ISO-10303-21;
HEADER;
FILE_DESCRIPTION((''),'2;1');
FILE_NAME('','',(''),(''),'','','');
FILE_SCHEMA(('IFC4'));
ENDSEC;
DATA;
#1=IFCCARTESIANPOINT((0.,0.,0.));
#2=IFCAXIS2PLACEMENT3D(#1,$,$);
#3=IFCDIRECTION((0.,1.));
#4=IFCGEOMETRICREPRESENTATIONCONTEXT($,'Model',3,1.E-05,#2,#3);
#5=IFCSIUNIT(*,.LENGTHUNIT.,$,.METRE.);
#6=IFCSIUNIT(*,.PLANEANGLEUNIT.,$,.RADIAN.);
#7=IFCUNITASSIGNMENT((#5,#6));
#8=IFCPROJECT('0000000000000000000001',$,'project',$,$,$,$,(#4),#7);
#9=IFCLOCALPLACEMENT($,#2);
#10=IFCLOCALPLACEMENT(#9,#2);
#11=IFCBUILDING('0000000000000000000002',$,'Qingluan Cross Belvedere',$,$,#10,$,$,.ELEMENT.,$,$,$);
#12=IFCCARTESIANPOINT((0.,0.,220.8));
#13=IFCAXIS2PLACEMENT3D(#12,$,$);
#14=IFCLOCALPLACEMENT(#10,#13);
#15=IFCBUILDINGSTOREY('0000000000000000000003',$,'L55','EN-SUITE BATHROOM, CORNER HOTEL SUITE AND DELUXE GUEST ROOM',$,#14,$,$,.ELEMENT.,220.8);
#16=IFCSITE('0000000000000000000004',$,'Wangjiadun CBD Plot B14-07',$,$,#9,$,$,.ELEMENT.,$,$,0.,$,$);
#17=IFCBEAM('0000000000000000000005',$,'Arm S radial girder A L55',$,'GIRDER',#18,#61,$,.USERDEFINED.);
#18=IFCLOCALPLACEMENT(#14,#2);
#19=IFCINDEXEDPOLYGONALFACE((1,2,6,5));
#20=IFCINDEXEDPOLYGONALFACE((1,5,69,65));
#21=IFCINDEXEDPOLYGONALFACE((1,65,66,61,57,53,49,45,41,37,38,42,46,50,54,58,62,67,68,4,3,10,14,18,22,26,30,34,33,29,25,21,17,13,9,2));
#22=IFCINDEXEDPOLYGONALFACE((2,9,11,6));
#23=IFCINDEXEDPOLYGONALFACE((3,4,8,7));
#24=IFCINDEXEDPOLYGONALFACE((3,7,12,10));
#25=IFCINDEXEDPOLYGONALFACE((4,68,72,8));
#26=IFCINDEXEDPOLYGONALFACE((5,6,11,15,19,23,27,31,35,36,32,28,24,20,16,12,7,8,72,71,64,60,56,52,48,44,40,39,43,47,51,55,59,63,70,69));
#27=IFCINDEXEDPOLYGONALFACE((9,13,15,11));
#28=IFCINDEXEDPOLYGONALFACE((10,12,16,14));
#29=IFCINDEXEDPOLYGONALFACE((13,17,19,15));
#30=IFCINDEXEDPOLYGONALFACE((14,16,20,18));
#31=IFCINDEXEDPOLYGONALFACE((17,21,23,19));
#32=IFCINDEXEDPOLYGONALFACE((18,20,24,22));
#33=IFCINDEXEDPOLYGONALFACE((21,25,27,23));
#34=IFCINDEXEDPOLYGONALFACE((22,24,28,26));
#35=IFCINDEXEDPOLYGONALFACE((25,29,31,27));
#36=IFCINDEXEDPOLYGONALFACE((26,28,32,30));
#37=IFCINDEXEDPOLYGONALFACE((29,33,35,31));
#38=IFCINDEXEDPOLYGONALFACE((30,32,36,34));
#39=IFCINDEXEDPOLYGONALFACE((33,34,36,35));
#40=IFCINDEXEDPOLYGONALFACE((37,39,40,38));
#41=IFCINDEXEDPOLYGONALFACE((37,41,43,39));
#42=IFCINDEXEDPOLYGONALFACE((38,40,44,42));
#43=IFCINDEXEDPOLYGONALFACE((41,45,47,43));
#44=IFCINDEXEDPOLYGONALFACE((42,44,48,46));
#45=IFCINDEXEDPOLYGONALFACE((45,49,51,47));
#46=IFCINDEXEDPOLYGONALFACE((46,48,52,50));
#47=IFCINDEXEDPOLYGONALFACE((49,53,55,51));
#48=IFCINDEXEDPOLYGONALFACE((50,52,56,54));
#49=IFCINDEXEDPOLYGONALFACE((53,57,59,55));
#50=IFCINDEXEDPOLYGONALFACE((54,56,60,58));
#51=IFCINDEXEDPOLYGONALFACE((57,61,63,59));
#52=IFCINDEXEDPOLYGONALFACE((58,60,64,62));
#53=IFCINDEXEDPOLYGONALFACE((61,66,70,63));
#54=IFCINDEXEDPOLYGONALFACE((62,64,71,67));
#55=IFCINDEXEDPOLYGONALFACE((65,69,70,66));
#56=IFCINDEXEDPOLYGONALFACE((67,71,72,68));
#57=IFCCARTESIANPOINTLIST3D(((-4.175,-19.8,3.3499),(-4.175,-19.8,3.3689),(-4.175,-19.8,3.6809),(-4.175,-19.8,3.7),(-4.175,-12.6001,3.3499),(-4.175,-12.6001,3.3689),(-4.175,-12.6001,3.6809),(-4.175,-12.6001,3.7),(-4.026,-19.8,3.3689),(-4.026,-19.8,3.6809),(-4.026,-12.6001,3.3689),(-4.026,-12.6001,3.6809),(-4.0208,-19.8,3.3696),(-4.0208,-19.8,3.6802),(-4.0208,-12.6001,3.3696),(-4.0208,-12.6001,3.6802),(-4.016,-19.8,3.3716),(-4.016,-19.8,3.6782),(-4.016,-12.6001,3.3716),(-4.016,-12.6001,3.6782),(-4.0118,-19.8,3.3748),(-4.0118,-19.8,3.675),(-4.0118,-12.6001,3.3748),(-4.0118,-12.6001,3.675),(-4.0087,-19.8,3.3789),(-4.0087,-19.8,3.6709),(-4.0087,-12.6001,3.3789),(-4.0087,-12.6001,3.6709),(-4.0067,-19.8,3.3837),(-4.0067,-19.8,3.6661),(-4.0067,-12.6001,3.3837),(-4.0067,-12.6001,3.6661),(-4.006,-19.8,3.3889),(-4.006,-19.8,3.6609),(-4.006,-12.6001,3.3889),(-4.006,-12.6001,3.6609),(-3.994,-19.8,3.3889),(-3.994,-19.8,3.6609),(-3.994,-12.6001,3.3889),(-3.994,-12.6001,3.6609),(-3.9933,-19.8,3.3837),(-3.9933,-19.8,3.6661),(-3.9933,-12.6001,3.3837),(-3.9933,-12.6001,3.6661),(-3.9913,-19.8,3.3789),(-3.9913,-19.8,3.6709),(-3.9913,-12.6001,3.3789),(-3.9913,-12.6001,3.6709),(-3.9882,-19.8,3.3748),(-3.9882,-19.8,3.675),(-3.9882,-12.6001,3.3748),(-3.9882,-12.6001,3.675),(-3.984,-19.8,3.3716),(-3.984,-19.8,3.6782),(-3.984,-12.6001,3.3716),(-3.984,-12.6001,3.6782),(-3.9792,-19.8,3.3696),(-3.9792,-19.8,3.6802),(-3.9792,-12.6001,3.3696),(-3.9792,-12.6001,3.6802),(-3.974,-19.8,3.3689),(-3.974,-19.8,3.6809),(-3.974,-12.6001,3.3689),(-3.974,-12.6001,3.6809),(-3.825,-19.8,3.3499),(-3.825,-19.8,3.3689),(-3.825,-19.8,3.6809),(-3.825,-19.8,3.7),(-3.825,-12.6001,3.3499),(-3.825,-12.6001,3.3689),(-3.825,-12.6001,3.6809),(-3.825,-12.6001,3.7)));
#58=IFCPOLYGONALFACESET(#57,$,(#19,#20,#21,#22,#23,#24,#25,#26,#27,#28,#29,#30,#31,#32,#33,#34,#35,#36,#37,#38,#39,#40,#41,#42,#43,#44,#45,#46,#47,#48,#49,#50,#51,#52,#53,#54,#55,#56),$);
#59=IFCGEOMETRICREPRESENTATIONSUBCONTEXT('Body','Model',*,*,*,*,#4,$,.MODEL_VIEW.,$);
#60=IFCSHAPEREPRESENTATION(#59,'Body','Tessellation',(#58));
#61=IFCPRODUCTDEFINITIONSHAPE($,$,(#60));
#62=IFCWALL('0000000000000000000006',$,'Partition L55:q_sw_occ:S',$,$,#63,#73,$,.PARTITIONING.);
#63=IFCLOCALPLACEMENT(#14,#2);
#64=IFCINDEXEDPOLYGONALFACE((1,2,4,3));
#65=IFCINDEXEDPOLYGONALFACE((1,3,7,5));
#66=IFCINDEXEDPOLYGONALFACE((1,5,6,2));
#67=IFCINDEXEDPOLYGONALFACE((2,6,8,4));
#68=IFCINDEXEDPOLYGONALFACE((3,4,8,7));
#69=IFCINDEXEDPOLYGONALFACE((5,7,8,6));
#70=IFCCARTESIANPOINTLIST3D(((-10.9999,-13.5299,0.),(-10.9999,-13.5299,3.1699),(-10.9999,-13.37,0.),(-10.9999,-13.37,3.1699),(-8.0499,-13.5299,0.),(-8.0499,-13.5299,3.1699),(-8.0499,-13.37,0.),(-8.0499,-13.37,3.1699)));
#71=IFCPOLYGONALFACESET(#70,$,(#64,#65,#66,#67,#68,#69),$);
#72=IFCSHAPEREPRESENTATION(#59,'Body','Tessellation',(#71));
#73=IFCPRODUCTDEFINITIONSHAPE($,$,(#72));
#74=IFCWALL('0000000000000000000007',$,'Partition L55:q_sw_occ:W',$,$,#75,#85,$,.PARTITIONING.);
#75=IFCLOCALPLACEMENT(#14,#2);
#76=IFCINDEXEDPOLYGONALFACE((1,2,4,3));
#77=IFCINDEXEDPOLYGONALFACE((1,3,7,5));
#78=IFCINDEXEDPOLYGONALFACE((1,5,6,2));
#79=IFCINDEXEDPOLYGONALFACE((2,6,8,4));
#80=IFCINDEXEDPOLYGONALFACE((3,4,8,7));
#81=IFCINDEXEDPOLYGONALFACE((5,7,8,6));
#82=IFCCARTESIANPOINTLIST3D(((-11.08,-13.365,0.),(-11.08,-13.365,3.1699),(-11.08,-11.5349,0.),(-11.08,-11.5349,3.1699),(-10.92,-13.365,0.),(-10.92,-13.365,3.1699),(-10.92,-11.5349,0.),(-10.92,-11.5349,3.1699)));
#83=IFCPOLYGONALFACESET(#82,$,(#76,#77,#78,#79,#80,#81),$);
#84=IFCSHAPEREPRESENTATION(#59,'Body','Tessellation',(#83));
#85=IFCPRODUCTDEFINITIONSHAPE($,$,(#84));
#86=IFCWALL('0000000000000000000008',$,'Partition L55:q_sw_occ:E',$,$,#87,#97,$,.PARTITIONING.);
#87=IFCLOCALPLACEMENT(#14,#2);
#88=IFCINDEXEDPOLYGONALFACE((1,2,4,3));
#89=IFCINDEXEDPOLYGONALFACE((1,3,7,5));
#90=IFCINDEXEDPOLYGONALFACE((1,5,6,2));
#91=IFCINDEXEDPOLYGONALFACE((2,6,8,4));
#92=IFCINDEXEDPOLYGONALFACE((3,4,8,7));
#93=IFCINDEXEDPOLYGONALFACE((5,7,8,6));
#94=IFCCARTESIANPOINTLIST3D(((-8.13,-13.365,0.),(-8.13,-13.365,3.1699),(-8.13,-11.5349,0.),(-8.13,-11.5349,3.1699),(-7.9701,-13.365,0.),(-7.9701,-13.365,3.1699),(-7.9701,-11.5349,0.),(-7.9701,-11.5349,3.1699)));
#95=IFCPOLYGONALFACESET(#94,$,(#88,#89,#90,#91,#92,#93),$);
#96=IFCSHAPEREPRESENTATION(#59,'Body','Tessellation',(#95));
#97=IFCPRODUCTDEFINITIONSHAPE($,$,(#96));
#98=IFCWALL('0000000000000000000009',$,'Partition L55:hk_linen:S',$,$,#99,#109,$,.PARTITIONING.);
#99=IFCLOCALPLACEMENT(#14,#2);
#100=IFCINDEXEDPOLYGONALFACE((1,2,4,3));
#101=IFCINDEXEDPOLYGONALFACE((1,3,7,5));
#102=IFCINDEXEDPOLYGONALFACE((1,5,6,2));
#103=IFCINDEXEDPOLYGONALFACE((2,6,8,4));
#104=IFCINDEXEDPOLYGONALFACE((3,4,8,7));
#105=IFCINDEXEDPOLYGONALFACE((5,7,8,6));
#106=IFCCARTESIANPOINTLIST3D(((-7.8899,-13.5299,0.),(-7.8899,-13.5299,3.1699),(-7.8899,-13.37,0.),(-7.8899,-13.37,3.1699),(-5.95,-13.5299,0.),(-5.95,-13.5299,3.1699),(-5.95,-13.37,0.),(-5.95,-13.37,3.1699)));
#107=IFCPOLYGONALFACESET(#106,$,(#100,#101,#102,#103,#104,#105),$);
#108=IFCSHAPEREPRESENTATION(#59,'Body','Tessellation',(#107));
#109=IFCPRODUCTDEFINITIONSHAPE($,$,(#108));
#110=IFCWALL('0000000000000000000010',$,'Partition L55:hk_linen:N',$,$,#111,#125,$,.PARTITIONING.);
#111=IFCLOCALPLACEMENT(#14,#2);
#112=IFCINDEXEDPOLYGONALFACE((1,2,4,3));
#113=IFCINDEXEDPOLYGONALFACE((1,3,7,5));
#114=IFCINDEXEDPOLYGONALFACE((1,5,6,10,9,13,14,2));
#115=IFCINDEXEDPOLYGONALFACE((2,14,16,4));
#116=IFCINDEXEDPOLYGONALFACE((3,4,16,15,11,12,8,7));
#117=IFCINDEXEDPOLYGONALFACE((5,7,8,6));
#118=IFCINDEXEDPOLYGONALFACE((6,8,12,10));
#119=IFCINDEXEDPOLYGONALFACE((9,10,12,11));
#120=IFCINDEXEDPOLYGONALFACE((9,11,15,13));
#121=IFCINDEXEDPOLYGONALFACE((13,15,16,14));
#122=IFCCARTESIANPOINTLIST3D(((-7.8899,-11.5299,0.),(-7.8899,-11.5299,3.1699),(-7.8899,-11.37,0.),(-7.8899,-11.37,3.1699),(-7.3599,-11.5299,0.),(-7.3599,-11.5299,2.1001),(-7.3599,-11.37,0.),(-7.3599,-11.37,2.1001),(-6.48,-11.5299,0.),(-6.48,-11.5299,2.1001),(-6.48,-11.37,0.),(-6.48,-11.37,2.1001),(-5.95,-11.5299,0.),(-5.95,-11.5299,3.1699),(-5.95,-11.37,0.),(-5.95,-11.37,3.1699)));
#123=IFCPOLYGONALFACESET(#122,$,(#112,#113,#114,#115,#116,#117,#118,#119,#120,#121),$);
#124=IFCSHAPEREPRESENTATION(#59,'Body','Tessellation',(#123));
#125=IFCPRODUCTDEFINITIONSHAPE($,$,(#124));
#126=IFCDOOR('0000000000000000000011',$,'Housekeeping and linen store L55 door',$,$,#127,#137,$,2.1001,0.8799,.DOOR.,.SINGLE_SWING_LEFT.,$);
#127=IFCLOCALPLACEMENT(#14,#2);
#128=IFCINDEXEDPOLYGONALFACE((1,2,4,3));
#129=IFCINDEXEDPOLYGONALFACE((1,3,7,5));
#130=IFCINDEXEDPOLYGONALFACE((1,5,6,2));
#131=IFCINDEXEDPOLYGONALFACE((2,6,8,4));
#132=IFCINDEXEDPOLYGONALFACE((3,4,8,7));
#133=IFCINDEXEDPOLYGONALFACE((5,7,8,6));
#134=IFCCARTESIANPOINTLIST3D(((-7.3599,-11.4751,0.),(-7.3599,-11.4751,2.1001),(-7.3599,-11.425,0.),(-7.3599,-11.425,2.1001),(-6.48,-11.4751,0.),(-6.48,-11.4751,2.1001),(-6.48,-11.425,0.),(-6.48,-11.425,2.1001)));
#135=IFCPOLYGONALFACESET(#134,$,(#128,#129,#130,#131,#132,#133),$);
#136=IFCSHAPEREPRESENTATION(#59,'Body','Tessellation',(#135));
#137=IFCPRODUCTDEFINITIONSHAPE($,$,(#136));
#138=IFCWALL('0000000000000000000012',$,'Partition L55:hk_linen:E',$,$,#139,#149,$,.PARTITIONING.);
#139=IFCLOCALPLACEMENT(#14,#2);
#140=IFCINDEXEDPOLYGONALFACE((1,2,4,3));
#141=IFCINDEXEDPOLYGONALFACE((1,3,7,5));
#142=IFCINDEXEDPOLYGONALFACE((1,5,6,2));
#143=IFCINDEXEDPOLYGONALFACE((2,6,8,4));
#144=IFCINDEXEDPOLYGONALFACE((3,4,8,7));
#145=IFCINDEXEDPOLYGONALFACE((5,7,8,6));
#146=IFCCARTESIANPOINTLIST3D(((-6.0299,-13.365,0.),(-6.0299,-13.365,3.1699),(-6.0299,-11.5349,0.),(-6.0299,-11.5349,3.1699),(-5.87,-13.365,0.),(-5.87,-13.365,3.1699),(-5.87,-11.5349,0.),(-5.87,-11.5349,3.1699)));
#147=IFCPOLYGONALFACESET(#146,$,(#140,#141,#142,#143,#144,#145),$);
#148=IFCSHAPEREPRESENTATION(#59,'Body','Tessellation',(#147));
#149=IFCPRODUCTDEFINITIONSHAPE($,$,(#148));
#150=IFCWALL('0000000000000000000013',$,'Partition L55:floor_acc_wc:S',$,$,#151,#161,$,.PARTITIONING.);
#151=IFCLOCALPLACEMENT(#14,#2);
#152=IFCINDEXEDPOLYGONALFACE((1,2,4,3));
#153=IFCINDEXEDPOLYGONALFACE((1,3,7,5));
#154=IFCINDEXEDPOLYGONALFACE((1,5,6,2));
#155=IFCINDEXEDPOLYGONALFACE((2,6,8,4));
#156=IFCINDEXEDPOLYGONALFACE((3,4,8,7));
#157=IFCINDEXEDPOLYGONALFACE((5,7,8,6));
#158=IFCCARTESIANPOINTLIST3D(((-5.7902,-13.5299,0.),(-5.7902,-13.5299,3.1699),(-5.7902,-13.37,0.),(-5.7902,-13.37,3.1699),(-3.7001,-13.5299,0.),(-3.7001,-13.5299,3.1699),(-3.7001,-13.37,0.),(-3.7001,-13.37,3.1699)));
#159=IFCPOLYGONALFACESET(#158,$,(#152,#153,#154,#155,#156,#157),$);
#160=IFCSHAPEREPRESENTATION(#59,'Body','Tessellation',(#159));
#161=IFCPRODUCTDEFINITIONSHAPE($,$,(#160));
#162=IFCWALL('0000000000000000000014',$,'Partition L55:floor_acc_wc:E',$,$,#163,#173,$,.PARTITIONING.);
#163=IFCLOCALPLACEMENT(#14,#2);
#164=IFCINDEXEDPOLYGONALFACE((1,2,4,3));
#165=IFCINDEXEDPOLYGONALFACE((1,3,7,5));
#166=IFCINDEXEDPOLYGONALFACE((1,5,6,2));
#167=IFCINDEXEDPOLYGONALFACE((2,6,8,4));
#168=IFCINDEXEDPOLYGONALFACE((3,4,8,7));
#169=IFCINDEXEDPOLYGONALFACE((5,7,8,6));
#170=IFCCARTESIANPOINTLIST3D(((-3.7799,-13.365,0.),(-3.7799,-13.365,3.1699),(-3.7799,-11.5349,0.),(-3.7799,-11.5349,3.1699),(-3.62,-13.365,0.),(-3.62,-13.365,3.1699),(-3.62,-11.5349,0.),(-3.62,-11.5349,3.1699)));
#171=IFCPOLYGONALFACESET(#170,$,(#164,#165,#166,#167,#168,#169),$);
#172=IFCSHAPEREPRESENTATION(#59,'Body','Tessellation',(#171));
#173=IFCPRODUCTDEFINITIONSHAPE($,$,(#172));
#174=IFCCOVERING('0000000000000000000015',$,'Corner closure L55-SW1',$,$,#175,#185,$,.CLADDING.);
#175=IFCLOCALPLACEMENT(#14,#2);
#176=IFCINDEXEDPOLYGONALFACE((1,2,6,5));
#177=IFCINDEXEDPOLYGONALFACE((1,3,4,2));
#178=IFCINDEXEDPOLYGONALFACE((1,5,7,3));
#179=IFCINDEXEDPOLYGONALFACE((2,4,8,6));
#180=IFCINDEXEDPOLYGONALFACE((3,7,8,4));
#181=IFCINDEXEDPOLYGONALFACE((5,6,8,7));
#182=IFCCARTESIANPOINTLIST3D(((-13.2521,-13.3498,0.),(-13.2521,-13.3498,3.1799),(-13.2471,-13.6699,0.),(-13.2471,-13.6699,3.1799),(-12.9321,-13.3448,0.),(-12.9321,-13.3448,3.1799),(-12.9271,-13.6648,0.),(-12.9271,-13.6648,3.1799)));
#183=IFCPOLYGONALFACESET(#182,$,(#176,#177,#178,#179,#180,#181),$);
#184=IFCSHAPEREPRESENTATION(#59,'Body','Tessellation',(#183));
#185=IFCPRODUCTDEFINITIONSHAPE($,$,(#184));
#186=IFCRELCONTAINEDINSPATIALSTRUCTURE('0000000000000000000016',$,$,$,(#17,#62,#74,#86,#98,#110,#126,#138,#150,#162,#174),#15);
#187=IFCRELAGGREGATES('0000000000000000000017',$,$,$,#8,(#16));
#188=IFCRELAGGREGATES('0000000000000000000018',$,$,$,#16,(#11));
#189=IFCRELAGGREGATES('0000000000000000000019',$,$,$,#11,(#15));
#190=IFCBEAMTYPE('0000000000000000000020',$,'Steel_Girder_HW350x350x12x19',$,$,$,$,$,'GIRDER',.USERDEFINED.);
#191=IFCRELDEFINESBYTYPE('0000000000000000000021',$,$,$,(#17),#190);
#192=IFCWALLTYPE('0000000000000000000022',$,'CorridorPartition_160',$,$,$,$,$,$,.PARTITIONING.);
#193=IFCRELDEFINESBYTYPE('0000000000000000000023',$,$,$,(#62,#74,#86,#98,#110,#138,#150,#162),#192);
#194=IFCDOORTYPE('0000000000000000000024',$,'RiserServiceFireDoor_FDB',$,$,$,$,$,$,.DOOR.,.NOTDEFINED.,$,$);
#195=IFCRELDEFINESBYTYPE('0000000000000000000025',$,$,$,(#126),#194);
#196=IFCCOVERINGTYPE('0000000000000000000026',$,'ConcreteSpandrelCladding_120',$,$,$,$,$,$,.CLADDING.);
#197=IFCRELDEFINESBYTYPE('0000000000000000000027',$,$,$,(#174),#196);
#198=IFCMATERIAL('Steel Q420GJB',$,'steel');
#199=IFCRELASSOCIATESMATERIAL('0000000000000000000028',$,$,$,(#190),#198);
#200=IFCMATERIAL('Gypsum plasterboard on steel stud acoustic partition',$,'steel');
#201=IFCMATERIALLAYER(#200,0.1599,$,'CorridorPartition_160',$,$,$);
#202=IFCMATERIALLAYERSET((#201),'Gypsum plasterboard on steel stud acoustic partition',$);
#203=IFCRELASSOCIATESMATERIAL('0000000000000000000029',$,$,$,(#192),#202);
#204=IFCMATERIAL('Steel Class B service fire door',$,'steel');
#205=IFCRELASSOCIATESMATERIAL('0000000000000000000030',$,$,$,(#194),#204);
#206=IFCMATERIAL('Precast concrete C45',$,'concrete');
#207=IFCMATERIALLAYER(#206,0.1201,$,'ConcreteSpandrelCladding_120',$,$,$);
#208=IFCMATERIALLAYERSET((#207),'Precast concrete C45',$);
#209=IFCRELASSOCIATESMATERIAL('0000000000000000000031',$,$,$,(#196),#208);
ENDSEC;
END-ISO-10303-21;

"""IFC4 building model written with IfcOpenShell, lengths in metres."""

from ifc_helpers import new_model, si_unit, direction, frame, frame_2d, origin, origin_2d, place, context, subcontext, project, spatial, rectangle, i_section, extrude, material, layer, layer_set, material_profile, profile_set, type_object, element, fill, save


model = new_model("IFC4")

# Units and contexts
model_context = context("Model", 3, precision=1e-05, world=origin(), true_north=direction((0.0, 1.0)))
body_context = subcontext(model_context, "Body", "Model", "MODEL_VIEW")
ifc_project = project(units=[si_unit("LENGTHUNIT", "METRE"), si_unit("PLANEANGLEUNIT", "RADIAN")], contexts=[model_context])

# Site, building, storey
site_placement = place(None, origin())
site = spatial("IfcSite", under=ifc_project, at=site_placement, Name="Wangjiadun CBD Plot B14-07", CompositionType="ELEMENT", RefElevation=0.0)
building_placement = place(site_placement, origin())
building = spatial("IfcBuilding", under=site, at=building_placement, Name="Qingluan Cross Belvedere", CompositionType="ELEMENT")
storey_placement = place(building_placement, frame((0.0, 0.0, 220.8)))
storey = spatial("IfcBuildingStorey", under=building, at=storey_placement, Name="L55", Description="EN-SUITE BATHROOM, CORNER HOTEL SUITE AND DELUXE GUEST ROOM", CompositionType="ELEMENT", Elevation=220.8)

# Beam
ifc_material_1 = material(Name="Steel Q420GJB", Category="steel")
ifc_material_profile_1 = material_profile(ifc_material_1, i_section(OverallWidth=0.3501, OverallDepth=0.3501, WebThickness=0.012, FlangeThickness=0.019, FilletRadius=0.02, at=origin_2d()), Name="HW350x350x12x19")
ifc_profile_set_1 = profile_set([ifc_material_profile_1], Name="Steel Q420GJB")
beam_type_1 = type_object("IfcBeamType", Name="Steel_Girder_HW350x350x12x19", ElementType="GIRDER", PredefinedType="USERDEFINED", material=ifc_profile_set_1)
beam_1_placement = place(storey_placement, frame((-4.0, -12.6001, 3.5249), z_axis=(0.0, -1.0, 0.0), x_axis=(1.0, 0.0, 0.0)))
element("IfcBeam", 1, at=beam_1_placement, inside=storey, type_object=beam_type_1, Name="Arm S radial girder A L55", ObjectType="GIRDER", PredefinedType="USERDEFINED", context=body_context, shape_type="SweptSolid", body=[
    extrude(i_section(OverallWidth=0.3501, OverallDepth=0.3501, WebThickness=0.012, FlangeThickness=0.019, FilletRadius=0.02, at=origin_2d()), origin(), (0.0, 0.0, 1.0), 7.2),
])

# Wall
ifc_material_2 = material(Name="Gypsum plasterboard on steel stud acoustic partition", Category="steel")
ifc_layer_1 = layer(ifc_material_2, 0.1599, Name="CorridorPartition_160")
ifc_layer_set_1 = layer_set([ifc_layer_1], Name="Gypsum plasterboard on steel stud acoustic partition")
wall_type = type_object("IfcWallType", Name="CorridorPartition_160", PredefinedType="PARTITIONING", material=ifc_layer_set_1)
wall_1_placement = place(storey_placement, frame((-11.0, -13.45, 0.0), z_axis=(0.0, 0.0, 1.0), x_axis=(1.0, 0.0, 0.0)))
element("IfcWall", 2, at=wall_1_placement, inside=storey, type_object=wall_type, Name="Partition L55:q_sw_occ:S", PredefinedType="PARTITIONING", context=body_context, shape_type="SweptSolid", body=[
    extrude(rectangle(XDim=2.95, YDim=0.1599, at=frame_2d((1.4751, 0.0))), origin(), (0.0, 0.0, 1.0), 3.1699),
])

# Walls
for number, where, z_axis, x_axis, name in (
    (3, (-11.0, -13.365, 0.0), (0.0, 0.0, 1.0), (0.0, 1.0, 0.0), "Partition L55:q_sw_occ:W"),
    (4, (-8.05, -13.365, 0.0), (0.0, 0.0, 1.0), (0.0, 1.0, 0.0), "Partition L55:q_sw_occ:E"),
):
    element("IfcWall", number, at=place(storey_placement, frame(where, z_axis=z_axis, x_axis=x_axis)), inside=storey, type_object=wall_type, Name=name, PredefinedType="PARTITIONING", context=body_context, shape_type="SweptSolid", body=[
        extrude(rectangle(XDim=1.8301, YDim=0.1599, at=frame_2d((0.915, 0.0))), origin(), (0.0, 0.0, 1.0), 3.1699),
    ])
wall_2_placement = place(storey_placement, frame((-7.8899, -13.45, 0.0), z_axis=(0.0, 0.0, 1.0), x_axis=(1.0, 0.0, 0.0)))
element("IfcWall", 5, at=wall_2_placement, inside=storey, type_object=wall_type, Name="Partition L55:hk_linen:S", PredefinedType="PARTITIONING", context=body_context, shape_type="SweptSolid", body=[
    extrude(rectangle(XDim=1.9399, YDim=0.1599, at=frame_2d((0.97, 0.0))), origin(), (0.0, 0.0, 1.0), 3.1699),
])

# Wall, opening, door
wall_3_placement = place(storey_placement, frame((-7.8899, -11.45, 0.0), z_axis=(0.0, 0.0, 1.0), x_axis=(1.0, 0.0, 0.0)))
wall_3 = element("IfcWall", 6, at=wall_3_placement, inside=storey, type_object=wall_type, Name="Partition L55:hk_linen:N", PredefinedType="PARTITIONING", context=body_context, shape_type="SweptSolid", body=[
    extrude(rectangle(XDim=1.9399, YDim=0.1599, at=frame_2d((0.97, 0.0))), origin(), (0.0, 0.0, 1.0), 3.1699),
])
opening_1_placement = place(wall_3_placement, frame((0.53, 0.0, 0.0)))
opening_1 = element("IfcOpeningElement", 7, at=opening_1_placement, cuts=wall_3, PredefinedType="OPENING", context=body_context, shape_type="SweptSolid", body=[
    extrude(rectangle(XDim=0.8799, YDim=2.1001, at=frame_2d((0.4399, 1.05))), frame((0.0, 0.0898, 0.0), z_axis=(0.0, -1.0, 0.0), x_axis=(1.0, 0.0, 0.0)), (0.0, 0.0, 1.0), 0.1799),
])
ifc_material_3 = material(Name="Steel Class B service fire door", Category="steel")
door_type_1 = type_object("IfcDoorType", Name="RiserServiceFireDoor_FDB", OperationType="NOTDEFINED", PredefinedType="DOOR", material=ifc_material_3)
door_1_placement = place(opening_1_placement, origin())
door_1 = element("IfcDoor", 8, at=door_1_placement, inside=storey, type_object=door_type_1, Name="Housekeeping and linen store L55 door", OperationType="SINGLE_SWING_LEFT", OverallHeight=2.1001, OverallWidth=0.8799, PredefinedType="DOOR", context=body_context, shape_type="SweptSolid", body=[
    extrude(rectangle(XDim=0.8799, YDim=2.1001, at=frame_2d((0.4399, 1.05))), frame((0.0, 0.0249, 0.0), z_axis=(0.0, -1.0, 0.0), x_axis=(1.0, 0.0, 0.0)), (0.0, 0.0, 1.0), 0.05),
])
fill(opening_1, door_1)

# Walls
wall_4_placement = place(storey_placement, frame((-5.95, -13.365, 0.0), z_axis=(0.0, 0.0, 1.0), x_axis=(0.0, 1.0, 0.0)))
element("IfcWall", 9, at=wall_4_placement, inside=storey, type_object=wall_type, Name="Partition L55:hk_linen:E", PredefinedType="PARTITIONING", context=body_context, shape_type="SweptSolid", body=[
    extrude(rectangle(XDim=1.8301, YDim=0.1599, at=frame_2d((0.915, 0.0))), origin(), (0.0, 0.0, 1.0), 3.1699),
])
wall_5_placement = place(storey_placement, frame((-5.79, -13.45, 0.0), z_axis=(0.0, 0.0, 1.0), x_axis=(1.0, 0.0, 0.0)))
element("IfcWall", 10, at=wall_5_placement, inside=storey, type_object=wall_type, Name="Partition L55:floor_acc_wc:S", PredefinedType="PARTITIONING", context=body_context, shape_type="SweptSolid", body=[
    extrude(rectangle(XDim=2.0901, YDim=0.1599, at=frame_2d((1.0449, 0.0))), origin(), (0.0, 0.0, 1.0), 3.1699),
])
wall_6_placement = place(storey_placement, frame((-3.7, -13.365, 0.0), z_axis=(0.0, 0.0, 1.0), x_axis=(0.0, 1.0, 0.0)))
element("IfcWall", 11, at=wall_6_placement, inside=storey, type_object=wall_type, Name="Partition L55:floor_acc_wc:E", PredefinedType="PARTITIONING", context=body_context, shape_type="SweptSolid", body=[
    extrude(rectangle(XDim=1.8301, YDim=0.1599, at=frame_2d((0.915, 0.0))), origin(), (0.0, 0.0, 1.0), 3.1699),
])

# Covering
ifc_material_4 = material(Name="Precast concrete C45", Category="concrete")
ifc_layer_2 = layer(ifc_material_4, 0.1201, Name="ConcreteSpandrelCladding_120")
ifc_layer_set_2 = layer_set([ifc_layer_2], Name="Precast concrete C45")
covering_type = type_object("IfcCoveringType", Name="ConcreteSpandrelCladding_120", PredefinedType="CLADDING", material=ifc_layer_set_2)
covering_placement = place(storey_placement, frame((-13.0896, -13.5073, 0.0), z_axis=(0.0, 0.0, 1.0), x_axis=(0.999877, 0.015707, 0.0)))
element("IfcCovering", 12, at=covering_placement, inside=storey, type_object=covering_type, Name="Corner closure L55-SW1", PredefinedType="CLADDING", context=body_context, shape_type="SweptSolid", body=[
    extrude(rectangle(XDim=0.3201, YDim=0.3201, at=origin_2d()), origin(), (0.0, 0.0, 1.0), 3.1799),
])

save(model, "model.ifc")
